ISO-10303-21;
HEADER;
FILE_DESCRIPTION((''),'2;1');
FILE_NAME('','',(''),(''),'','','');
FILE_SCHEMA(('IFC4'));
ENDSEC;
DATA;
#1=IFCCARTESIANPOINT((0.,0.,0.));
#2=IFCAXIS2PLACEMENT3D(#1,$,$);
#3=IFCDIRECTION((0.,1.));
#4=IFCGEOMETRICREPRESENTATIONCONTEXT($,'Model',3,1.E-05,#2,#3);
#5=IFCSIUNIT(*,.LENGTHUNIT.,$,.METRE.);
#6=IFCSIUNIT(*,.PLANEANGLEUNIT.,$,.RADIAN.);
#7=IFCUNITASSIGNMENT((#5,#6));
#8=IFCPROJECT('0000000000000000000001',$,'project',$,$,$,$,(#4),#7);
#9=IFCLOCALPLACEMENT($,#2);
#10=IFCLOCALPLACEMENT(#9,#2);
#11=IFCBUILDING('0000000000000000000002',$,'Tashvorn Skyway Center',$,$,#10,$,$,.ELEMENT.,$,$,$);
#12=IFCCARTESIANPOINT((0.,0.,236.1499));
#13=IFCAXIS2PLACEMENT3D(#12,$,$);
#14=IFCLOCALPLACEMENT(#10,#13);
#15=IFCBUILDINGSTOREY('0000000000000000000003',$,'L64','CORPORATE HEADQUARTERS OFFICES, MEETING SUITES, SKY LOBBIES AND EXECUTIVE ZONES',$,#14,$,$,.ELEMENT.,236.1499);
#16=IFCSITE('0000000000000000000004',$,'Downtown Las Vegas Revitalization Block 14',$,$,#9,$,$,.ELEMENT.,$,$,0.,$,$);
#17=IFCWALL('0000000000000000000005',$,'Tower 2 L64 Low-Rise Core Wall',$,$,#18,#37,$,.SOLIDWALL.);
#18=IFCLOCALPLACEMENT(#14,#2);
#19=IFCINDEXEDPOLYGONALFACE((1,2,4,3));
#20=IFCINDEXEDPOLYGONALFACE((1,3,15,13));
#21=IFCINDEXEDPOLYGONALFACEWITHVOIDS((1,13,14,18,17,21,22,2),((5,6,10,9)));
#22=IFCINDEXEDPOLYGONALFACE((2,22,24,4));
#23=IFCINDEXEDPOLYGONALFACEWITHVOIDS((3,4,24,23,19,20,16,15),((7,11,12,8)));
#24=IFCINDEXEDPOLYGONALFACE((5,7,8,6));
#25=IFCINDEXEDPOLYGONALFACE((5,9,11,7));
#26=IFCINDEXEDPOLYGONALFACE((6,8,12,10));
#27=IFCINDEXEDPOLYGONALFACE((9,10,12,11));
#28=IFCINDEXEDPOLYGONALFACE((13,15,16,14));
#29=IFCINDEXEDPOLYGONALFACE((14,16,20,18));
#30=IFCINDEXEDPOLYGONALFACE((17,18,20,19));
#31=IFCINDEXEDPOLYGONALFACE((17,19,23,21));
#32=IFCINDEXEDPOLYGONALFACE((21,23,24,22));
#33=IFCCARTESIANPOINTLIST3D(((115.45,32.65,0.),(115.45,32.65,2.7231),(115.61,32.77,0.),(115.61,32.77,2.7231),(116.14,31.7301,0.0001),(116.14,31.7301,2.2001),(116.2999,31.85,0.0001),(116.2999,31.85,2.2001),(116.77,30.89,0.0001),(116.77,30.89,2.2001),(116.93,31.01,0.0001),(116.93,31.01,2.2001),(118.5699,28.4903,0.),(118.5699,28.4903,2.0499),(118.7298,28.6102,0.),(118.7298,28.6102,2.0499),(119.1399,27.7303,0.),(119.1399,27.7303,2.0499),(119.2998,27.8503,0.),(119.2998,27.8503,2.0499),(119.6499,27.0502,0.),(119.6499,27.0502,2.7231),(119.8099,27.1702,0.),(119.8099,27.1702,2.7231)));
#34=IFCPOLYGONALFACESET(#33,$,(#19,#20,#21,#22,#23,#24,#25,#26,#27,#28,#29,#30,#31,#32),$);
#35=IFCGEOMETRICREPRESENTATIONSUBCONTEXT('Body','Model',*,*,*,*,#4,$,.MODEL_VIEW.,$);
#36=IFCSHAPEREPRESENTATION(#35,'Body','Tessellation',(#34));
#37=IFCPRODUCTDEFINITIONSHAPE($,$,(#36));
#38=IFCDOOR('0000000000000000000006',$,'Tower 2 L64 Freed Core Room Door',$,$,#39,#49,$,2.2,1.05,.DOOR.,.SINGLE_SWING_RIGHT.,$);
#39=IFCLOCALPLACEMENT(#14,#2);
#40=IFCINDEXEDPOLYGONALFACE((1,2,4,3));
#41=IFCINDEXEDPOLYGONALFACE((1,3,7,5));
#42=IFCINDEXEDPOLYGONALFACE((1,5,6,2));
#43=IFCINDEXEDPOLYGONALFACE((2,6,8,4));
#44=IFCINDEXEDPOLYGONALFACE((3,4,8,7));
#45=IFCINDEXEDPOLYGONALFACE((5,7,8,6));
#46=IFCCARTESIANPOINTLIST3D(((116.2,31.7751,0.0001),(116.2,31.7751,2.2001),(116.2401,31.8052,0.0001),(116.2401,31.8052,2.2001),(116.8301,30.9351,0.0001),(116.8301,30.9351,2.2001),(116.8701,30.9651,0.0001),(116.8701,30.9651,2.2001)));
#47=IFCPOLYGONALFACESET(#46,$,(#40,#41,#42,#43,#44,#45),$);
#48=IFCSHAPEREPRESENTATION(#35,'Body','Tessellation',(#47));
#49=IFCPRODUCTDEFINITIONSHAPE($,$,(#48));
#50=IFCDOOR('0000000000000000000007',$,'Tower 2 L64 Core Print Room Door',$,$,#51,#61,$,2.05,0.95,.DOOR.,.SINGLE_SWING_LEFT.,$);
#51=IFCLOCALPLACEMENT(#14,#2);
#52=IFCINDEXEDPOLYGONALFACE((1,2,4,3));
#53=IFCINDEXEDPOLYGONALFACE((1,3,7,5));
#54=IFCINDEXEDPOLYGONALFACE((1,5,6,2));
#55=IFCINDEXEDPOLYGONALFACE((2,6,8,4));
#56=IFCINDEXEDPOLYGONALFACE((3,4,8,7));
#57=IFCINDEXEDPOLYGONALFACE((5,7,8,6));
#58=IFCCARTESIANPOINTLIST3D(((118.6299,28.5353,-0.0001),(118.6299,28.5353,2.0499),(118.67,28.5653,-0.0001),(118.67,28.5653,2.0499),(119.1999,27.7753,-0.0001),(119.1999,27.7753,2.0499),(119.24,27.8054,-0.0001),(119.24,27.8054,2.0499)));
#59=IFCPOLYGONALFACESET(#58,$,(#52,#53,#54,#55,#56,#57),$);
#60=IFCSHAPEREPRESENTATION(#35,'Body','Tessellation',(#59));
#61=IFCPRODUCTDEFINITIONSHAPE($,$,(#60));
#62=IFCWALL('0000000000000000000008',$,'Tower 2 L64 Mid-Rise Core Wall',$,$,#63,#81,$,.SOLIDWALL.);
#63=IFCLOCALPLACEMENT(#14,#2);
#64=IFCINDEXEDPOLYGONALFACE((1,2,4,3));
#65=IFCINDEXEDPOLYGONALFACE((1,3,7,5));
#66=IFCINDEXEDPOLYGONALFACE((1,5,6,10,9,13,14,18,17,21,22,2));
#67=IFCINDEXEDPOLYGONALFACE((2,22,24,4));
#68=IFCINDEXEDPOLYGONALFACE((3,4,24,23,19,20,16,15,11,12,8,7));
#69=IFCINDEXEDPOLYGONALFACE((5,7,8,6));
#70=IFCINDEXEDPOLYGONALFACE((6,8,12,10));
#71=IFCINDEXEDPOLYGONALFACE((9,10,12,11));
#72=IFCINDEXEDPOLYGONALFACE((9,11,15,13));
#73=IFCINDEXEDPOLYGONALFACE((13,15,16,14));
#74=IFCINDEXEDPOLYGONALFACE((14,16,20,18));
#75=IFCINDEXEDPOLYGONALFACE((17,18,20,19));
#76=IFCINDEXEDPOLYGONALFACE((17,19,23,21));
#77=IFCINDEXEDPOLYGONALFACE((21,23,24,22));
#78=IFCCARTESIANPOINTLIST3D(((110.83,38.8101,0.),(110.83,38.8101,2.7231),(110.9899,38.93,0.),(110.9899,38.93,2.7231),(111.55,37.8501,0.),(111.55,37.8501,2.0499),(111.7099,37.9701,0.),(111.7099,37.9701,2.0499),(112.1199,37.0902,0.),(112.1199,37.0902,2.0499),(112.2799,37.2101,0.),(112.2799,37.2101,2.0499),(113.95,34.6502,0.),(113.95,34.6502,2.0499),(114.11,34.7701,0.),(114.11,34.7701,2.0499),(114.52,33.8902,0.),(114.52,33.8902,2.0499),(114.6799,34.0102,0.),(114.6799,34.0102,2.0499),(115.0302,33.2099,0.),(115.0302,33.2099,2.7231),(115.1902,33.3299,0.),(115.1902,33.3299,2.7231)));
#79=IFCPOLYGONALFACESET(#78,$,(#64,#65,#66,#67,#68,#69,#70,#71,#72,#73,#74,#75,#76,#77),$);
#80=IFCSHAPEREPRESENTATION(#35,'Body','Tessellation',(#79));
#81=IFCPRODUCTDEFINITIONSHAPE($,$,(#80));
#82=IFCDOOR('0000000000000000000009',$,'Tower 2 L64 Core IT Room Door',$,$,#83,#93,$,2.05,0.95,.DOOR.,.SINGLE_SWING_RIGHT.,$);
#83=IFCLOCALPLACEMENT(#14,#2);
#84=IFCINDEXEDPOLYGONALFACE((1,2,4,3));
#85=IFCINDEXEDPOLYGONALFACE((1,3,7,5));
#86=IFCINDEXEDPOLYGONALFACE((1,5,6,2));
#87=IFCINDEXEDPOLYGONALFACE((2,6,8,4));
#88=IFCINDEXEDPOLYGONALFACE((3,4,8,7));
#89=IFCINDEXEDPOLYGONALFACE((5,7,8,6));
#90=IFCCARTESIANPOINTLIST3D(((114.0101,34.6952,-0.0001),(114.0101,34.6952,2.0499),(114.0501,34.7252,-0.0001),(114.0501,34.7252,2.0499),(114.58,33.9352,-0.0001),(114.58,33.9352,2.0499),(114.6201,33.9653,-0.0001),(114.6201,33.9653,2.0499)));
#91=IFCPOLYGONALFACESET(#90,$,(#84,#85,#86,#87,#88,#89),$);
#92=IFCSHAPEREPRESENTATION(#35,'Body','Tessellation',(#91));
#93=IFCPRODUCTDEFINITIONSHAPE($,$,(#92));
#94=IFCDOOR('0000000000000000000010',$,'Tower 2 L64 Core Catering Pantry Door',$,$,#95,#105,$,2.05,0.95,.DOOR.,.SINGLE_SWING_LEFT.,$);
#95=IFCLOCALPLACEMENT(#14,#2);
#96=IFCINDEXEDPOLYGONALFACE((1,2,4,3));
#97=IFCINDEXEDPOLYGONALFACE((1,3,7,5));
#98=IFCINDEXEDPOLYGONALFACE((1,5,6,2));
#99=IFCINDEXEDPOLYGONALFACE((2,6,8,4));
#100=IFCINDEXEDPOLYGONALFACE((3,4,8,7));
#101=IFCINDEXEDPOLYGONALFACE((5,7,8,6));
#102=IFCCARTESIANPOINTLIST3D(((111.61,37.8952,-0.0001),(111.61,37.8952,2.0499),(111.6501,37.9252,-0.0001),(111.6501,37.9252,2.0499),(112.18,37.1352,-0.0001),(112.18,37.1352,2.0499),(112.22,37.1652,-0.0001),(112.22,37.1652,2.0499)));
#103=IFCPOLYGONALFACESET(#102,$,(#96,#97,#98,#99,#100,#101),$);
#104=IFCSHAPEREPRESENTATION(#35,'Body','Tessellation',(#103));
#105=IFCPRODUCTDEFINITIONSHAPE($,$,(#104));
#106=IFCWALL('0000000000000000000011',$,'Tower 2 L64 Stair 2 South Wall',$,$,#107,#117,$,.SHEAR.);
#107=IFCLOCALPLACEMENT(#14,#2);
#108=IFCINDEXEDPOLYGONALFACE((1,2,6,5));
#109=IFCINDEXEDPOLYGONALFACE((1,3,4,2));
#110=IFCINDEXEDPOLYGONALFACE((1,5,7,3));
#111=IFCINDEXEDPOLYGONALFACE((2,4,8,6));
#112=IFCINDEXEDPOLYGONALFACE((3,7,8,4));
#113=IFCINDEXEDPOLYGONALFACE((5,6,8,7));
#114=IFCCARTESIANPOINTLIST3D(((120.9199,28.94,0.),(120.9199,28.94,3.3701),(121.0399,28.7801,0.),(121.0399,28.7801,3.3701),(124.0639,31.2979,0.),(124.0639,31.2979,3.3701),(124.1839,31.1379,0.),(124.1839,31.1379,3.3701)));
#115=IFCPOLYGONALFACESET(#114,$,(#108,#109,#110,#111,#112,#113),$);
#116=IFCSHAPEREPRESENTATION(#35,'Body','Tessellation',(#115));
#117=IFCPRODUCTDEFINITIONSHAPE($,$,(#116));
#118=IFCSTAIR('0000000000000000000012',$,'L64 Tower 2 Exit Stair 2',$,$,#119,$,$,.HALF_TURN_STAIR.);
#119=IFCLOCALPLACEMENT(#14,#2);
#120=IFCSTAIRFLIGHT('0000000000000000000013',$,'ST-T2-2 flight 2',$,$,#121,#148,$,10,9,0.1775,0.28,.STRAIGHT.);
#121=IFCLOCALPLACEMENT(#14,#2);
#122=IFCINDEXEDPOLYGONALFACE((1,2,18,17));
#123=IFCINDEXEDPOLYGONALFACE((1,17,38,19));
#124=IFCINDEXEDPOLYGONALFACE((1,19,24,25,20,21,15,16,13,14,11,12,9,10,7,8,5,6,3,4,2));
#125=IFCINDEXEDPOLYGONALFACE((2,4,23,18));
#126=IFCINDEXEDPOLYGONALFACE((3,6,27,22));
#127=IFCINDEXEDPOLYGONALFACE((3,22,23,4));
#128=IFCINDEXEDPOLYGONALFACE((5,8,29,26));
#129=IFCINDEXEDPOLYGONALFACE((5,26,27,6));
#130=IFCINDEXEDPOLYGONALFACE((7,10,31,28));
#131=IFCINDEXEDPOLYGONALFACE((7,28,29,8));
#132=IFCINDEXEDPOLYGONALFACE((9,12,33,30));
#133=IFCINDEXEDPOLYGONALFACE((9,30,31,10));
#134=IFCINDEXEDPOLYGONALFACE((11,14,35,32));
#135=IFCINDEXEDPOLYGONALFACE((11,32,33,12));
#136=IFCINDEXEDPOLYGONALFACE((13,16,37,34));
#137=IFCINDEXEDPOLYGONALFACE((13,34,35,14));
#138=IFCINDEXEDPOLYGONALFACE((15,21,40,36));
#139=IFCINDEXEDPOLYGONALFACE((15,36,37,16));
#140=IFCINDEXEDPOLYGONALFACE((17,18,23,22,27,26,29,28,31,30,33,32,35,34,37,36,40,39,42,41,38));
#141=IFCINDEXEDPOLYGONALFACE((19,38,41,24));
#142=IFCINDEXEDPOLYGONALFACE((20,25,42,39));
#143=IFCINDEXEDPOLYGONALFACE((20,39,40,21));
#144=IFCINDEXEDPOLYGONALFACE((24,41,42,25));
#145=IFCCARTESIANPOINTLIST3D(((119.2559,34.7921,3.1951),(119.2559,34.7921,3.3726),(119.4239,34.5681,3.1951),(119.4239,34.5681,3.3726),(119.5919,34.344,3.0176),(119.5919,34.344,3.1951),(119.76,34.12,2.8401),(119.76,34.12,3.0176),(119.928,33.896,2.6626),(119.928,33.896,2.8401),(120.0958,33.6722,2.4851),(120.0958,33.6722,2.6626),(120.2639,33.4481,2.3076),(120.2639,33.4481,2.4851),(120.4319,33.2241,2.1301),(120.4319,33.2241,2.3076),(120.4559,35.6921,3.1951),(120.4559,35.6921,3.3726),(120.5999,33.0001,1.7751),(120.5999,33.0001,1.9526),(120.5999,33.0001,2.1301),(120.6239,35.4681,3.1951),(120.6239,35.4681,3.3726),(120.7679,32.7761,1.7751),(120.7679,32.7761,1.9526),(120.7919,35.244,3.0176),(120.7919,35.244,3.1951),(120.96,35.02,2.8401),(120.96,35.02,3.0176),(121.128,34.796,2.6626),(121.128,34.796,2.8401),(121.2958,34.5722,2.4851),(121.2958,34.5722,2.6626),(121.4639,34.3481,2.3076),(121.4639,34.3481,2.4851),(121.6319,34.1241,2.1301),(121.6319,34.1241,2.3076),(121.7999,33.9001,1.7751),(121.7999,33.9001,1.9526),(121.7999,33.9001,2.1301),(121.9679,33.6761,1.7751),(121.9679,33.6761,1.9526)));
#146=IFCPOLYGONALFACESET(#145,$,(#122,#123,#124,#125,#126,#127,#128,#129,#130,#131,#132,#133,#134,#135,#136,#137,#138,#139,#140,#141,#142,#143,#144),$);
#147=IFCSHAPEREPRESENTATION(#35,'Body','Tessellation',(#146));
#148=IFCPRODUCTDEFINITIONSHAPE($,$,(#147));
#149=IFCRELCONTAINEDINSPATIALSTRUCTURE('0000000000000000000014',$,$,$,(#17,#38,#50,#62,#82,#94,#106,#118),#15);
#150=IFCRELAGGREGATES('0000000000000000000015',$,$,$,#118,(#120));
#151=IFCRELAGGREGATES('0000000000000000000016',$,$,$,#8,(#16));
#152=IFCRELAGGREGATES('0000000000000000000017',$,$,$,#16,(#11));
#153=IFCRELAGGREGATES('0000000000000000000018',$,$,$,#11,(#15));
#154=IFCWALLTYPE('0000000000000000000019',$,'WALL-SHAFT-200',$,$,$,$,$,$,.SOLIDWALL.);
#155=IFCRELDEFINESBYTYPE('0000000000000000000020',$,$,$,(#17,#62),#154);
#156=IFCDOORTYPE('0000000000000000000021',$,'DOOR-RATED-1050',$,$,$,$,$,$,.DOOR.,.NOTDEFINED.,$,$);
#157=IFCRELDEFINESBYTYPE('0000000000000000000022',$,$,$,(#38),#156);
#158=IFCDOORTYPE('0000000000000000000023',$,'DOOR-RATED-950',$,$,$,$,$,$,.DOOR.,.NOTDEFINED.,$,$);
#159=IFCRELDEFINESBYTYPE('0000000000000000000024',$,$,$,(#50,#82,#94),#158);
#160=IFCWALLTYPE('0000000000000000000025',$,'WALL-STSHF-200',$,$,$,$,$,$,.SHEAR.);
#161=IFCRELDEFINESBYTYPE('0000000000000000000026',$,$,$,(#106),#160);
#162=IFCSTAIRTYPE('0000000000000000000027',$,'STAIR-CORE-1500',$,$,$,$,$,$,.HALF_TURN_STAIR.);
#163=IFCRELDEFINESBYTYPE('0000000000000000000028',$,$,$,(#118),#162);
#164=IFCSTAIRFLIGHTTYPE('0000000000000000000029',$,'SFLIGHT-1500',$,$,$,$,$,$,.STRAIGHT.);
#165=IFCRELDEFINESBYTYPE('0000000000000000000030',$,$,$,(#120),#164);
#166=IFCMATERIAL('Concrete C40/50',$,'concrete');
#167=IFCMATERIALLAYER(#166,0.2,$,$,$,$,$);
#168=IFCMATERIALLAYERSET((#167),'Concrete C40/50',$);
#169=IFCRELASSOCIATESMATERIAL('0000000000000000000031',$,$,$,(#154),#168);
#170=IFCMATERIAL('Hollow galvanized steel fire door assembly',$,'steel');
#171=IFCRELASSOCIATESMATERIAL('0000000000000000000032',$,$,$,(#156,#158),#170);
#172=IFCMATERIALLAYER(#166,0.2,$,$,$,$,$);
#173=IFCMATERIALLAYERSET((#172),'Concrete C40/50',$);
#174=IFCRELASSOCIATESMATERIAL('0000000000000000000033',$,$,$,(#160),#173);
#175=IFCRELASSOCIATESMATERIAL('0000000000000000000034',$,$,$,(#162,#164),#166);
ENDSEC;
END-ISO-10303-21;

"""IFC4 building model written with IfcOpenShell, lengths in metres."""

from ifc_helpers import new_model, si_unit, direction, frame, frame_2d, origin, place, context, subcontext, project, spatial, polyline, rectangle, outline, extrude, material, layer, layer_set, type_object, element, fill, aggregate, save


model = new_model("IFC4")

# Units and contexts
model_context = context("Model", 3, precision=1e-05, world=origin(), true_north=direction((0.0, 1.0)))
body_context = subcontext(model_context, "Body", "Model", "MODEL_VIEW")
ifc_project = project(units=[si_unit("LENGTHUNIT", "METRE"), si_unit("PLANEANGLEUNIT", "RADIAN")], contexts=[model_context])

# Site, building, storey
site_placement = place(None, origin())
site = spatial("IfcSite", under=ifc_project, at=site_placement, Name="Downtown Las Vegas Revitalization Block 14", CompositionType="ELEMENT", RefElevation=0.0)
building_placement = place(site_placement, origin())
building = spatial("IfcBuilding", under=site, at=building_placement, Name="Tashvorn Skyway Center", CompositionType="ELEMENT")
storey_placement = place(building_placement, frame((0.0, 0.0, 236.1499)))
storey = spatial("IfcBuildingStorey", under=building, at=storey_placement, Name="L64", Description="CORPORATE HEADQUARTERS OFFICES, MEETING SUITES, SKY LOBBIES AND EXECUTIVE ZONES", CompositionType="ELEMENT", Elevation=236.1499)

# Shared definitions
ifc_material_1 = material(Name="Hollow galvanized steel fire door assembly", Category="steel")

# Walls, openings, doors
ifc_material_2 = material(Name="Concrete C40/50", Category="concrete")
ifc_layer_1 = layer(ifc_material_2, 0.2)
ifc_layer_set_1 = layer_set([ifc_layer_1], Name="Concrete C40/50")
wall_type_1 = type_object("IfcWallType", Name="WALL-SHAFT-200", PredefinedType="SOLIDWALL", material=ifc_layer_set_1)
wall_1_placement = place(storey_placement, frame((119.73, 27.1101, 0.0), z_axis=(0.0, 0.0, 1.0), x_axis=(-0.600006, 0.799996, 0.0)))
wall_1 = element("IfcWall", 1, at=wall_1_placement, inside=storey, type_object=wall_type_1, Name="Tower 2 L64 Low-Rise Core Wall", PredefinedType="SOLIDWALL", context=body_context, shape_type="SweptSolid", body=[
    extrude(rectangle(XDim=6.9998, YDim=0.2, at=frame_2d((3.5, 0.0))), origin(), (0.0, 0.0, 1.0), 2.7231),
])
opening_1_placement = place(wall_1_placement, frame((0.8501, 0.0, 0.0)))
opening_1 = element("IfcOpeningElement", 2, at=opening_1_placement, cuts=wall_1, PredefinedType="OPENING", context=body_context, shape_type="SweptSolid", body=[
    extrude(rectangle(XDim=0.95, YDim=2.05, at=frame_2d((0.4751, 1.0249))), frame((0.0, 0.1099, 0.0), z_axis=(0.0, -1.0, 0.0), x_axis=(1.0, 0.0, 0.0)), (0.0, 0.0, 1.0), 0.22),
])
opening_2_placement = place(wall_1_placement, frame((4.8, 0.0, 0.0)))
opening_2 = element("IfcOpeningElement", 3, at=opening_2_placement, cuts=wall_1, PredefinedType="OPENING", context=body_context, shape_type="SweptSolid", body=[
    extrude(rectangle(XDim=1.05, YDim=2.2, at=frame_2d((0.5249, 1.1001))), frame((0.0, 0.1099, 0.0), z_axis=(0.0, -1.0, 0.0), x_axis=(1.0, 0.0, 0.0)), (0.0, 0.0, 1.0), 0.22),
])
door_type_1 = type_object("IfcDoorType", Name="DOOR-RATED-1050", OperationType="NOTDEFINED", PredefinedType="DOOR", material=ifc_material_1)
door_1_placement = place(opening_2_placement, origin())
door_1 = element("IfcDoor", 4, at=door_1_placement, inside=storey, type_object=door_type_1, Name="Tower 2 L64 Freed Core Room Door", OperationType="SINGLE_SWING_RIGHT", OverallHeight=2.2, OverallWidth=1.05, PredefinedType="DOOR", context=body_context, shape_type="SweptSolid", body=[
    extrude(rectangle(XDim=1.05, YDim=2.2, at=frame_2d((0.5249, 1.1001))), frame((0.0, 0.0249, 0.0), z_axis=(0.0, -1.0, 0.0), x_axis=(1.0, 0.0, 0.0)), (0.0, 0.0, 1.0), 0.05),
])
fill(opening_2, door_1)
door_type_2 = type_object("IfcDoorType", Name="DOOR-RATED-950", OperationType="NOTDEFINED", PredefinedType="DOOR", material=ifc_material_1)
door_2_placement = place(opening_1_placement, origin())
door_2 = element("IfcDoor", 5, at=door_2_placement, inside=storey, type_object=door_type_2, Name="Tower 2 L64 Core Print Room Door", OperationType="SINGLE_SWING_LEFT", OverallHeight=2.05, OverallWidth=0.95, PredefinedType="DOOR", context=body_context, shape_type="SweptSolid", body=[
    extrude(rectangle(XDim=0.95, YDim=2.05, at=frame_2d((0.4751, 1.0249))), frame((0.0, 0.0249, 0.0), z_axis=(0.0, -1.0, 0.0), x_axis=(1.0, 0.0, 0.0)), (0.0, 0.0, 1.0), 0.05),
])
fill(opening_1, door_2)
wall_2_placement = place(storey_placement, frame((115.1101, 33.27, 0.0), z_axis=(0.0, 0.0, 1.0), x_axis=(-0.600011, 0.799992, 0.0)))
wall_2 = element("IfcWall", 6, at=wall_2_placement, inside=storey, type_object=wall_type_1, Name="Tower 2 L64 Mid-Rise Core Wall", PredefinedType="SOLIDWALL", context=body_context, shape_type="SweptSolid", body=[
    extrude(rectangle(XDim=7.0002, YDim=0.2, at=frame_2d((3.5, 0.0))), origin(), (0.0, 0.0, 1.0), 2.7231),
])
opening_3_placement = place(wall_2_placement, frame((0.8501, 0.0, 0.0)))
opening_3 = element("IfcOpeningElement", 7, at=opening_3_placement, cuts=wall_2, PredefinedType="OPENING", context=body_context, shape_type="SweptSolid", body=[
    extrude(rectangle(XDim=0.95, YDim=2.05, at=frame_2d((0.4751, 1.0249))), frame((0.0, 0.1099, 0.0), z_axis=(0.0, -1.0, 0.0), x_axis=(1.0, 0.0, 0.0)), (0.0, 0.0, 1.0), 0.22),
])
opening_4_placement = place(wall_2_placement, frame((4.8501, 0.0, 0.0)))
opening_4 = element("IfcOpeningElement", 8, at=opening_4_placement, cuts=wall_2, PredefinedType="OPENING", context=body_context, shape_type="SweptSolid", body=[
    extrude(rectangle(XDim=0.95, YDim=2.05, at=frame_2d((0.4751, 1.0249))), frame((0.0, 0.1099, 0.0), z_axis=(0.0, -1.0, 0.0), x_axis=(1.0, 0.0, 0.0)), (0.0, 0.0, 1.0), 0.22),
])
door_3_placement = place(opening_3_placement, origin())
door_3 = element("IfcDoor", 9, at=door_3_placement, inside=storey, type_object=door_type_2, Name="Tower 2 L64 Core IT Room Door", OperationType="SINGLE_SWING_RIGHT", OverallHeight=2.05, OverallWidth=0.95, PredefinedType="DOOR", context=body_context, shape_type="SweptSolid", body=[
    extrude(rectangle(XDim=0.95, YDim=2.05, at=frame_2d((0.4751, 1.0249))), frame((0.0, 0.0249, 0.0), z_axis=(0.0, -1.0, 0.0), x_axis=(1.0, 0.0, 0.0)), (0.0, 0.0, 1.0), 0.05),
])
fill(opening_3, door_3)
door_4_placement = place(opening_4_placement, origin())
door_4 = element("IfcDoor", 10, at=door_4_placement, inside=storey, type_object=door_type_2, Name="Tower 2 L64 Core Catering Pantry Door", OperationType="SINGLE_SWING_LEFT", OverallHeight=2.05, OverallWidth=0.95, PredefinedType="DOOR", context=body_context, shape_type="SweptSolid", body=[
    extrude(rectangle(XDim=0.95, YDim=2.05, at=frame_2d((0.4751, 1.0249))), frame((0.0, 0.0249, 0.0), z_axis=(0.0, -1.0, 0.0), x_axis=(1.0, 0.0, 0.0)), (0.0, 0.0, 1.0), 0.05),
])
fill(opening_4, door_4)

# Wall
ifc_layer_2 = layer(ifc_material_2, 0.2)
ifc_layer_set_2 = layer_set([ifc_layer_2], Name="Concrete C40/50")
wall_type_2 = type_object("IfcWallType", Name="WALL-STSHF-200", PredefinedType="SHEAR", material=ifc_layer_set_2)
wall_3_placement = place(storey_placement, frame((120.98, 28.8601, 0.0), z_axis=(0.0, 0.0, 1.0), x_axis=(0.800015, 0.59998, 0.0)))
element("IfcWall", 11, at=wall_3_placement, inside=storey, type_object=wall_type_2, Name="Tower 2 L64 Stair 2 South Wall", PredefinedType="SHEAR", context=body_context, shape_type="SweptSolid", body=[
    extrude(rectangle(XDim=3.9299, YDim=0.2, at=frame_2d((1.9648, 0.0))), origin(), (0.0, 0.0, 1.0), 3.3701),
])

# Stair, stair flight
stair_type = type_object("IfcStairType", Name="STAIR-CORE-1500", PredefinedType="HALF_TURN_STAIR", material=ifc_material_2)
stair_placement = place(storey_placement, origin())
stair = element("IfcStair", 12, at=stair_placement, inside=storey, type_object=stair_type, Name="L64 Tower 2 Exit Stair 2", PredefinedType="HALF_TURN_STAIR")
stair_flight_type = type_object("IfcStairFlightType", Name="SFLIGHT-1500", PredefinedType="STRAIGHT", material=ifc_material_2)
stair_flight_placement = place(storey_placement, frame((121.3679, 33.2261, 1.7751), z_axis=(0.0, 0.0, 1.0), x_axis=(-0.6, 0.8, 0.0)))
stair_flight = element("IfcStairFlight", 13, at=stair_flight_placement, type_object=stair_flight_type, Name="ST-T2-2 flight 2", NumberOfRisers=10, NumberOfTreads=9, PredefinedType="STRAIGHT", RiserHeight=0.1775, TreadLength=0.28, context=body_context, shape_type="SweptSolid", body=[
    extrude(outline(polyline([(0.0, 0.0), (0.0, 0.1775), (0.28, 0.1775), (0.28, 0.355), (0.5601, 0.355), (0.5601, 0.5325), (0.8401, 0.5325), (0.8401, 0.71), (1.1201, 0.71), (1.1201, 0.8875), (1.3999, 0.8875), (1.3999, 1.0649), (1.6799, 1.0649), (1.6799, 1.2424), (1.96, 1.2424), (1.96, 1.4199), (2.24, 1.4199), (2.24, 1.5974), (2.52, 1.5974), (2.52, 1.7749), (2.52, 1.4199), (0.28, 0.0), (0.0, 0.0)])), frame((0.0, 0.75, 0.0), z_axis=(0.0, -1.0, 0.0), x_axis=(1.0, 0.0, 0.0)), (0.0, 0.0, 1.0), 1.5),
])
aggregate(stair, [stair_flight])

save(model, "model.ifc")
